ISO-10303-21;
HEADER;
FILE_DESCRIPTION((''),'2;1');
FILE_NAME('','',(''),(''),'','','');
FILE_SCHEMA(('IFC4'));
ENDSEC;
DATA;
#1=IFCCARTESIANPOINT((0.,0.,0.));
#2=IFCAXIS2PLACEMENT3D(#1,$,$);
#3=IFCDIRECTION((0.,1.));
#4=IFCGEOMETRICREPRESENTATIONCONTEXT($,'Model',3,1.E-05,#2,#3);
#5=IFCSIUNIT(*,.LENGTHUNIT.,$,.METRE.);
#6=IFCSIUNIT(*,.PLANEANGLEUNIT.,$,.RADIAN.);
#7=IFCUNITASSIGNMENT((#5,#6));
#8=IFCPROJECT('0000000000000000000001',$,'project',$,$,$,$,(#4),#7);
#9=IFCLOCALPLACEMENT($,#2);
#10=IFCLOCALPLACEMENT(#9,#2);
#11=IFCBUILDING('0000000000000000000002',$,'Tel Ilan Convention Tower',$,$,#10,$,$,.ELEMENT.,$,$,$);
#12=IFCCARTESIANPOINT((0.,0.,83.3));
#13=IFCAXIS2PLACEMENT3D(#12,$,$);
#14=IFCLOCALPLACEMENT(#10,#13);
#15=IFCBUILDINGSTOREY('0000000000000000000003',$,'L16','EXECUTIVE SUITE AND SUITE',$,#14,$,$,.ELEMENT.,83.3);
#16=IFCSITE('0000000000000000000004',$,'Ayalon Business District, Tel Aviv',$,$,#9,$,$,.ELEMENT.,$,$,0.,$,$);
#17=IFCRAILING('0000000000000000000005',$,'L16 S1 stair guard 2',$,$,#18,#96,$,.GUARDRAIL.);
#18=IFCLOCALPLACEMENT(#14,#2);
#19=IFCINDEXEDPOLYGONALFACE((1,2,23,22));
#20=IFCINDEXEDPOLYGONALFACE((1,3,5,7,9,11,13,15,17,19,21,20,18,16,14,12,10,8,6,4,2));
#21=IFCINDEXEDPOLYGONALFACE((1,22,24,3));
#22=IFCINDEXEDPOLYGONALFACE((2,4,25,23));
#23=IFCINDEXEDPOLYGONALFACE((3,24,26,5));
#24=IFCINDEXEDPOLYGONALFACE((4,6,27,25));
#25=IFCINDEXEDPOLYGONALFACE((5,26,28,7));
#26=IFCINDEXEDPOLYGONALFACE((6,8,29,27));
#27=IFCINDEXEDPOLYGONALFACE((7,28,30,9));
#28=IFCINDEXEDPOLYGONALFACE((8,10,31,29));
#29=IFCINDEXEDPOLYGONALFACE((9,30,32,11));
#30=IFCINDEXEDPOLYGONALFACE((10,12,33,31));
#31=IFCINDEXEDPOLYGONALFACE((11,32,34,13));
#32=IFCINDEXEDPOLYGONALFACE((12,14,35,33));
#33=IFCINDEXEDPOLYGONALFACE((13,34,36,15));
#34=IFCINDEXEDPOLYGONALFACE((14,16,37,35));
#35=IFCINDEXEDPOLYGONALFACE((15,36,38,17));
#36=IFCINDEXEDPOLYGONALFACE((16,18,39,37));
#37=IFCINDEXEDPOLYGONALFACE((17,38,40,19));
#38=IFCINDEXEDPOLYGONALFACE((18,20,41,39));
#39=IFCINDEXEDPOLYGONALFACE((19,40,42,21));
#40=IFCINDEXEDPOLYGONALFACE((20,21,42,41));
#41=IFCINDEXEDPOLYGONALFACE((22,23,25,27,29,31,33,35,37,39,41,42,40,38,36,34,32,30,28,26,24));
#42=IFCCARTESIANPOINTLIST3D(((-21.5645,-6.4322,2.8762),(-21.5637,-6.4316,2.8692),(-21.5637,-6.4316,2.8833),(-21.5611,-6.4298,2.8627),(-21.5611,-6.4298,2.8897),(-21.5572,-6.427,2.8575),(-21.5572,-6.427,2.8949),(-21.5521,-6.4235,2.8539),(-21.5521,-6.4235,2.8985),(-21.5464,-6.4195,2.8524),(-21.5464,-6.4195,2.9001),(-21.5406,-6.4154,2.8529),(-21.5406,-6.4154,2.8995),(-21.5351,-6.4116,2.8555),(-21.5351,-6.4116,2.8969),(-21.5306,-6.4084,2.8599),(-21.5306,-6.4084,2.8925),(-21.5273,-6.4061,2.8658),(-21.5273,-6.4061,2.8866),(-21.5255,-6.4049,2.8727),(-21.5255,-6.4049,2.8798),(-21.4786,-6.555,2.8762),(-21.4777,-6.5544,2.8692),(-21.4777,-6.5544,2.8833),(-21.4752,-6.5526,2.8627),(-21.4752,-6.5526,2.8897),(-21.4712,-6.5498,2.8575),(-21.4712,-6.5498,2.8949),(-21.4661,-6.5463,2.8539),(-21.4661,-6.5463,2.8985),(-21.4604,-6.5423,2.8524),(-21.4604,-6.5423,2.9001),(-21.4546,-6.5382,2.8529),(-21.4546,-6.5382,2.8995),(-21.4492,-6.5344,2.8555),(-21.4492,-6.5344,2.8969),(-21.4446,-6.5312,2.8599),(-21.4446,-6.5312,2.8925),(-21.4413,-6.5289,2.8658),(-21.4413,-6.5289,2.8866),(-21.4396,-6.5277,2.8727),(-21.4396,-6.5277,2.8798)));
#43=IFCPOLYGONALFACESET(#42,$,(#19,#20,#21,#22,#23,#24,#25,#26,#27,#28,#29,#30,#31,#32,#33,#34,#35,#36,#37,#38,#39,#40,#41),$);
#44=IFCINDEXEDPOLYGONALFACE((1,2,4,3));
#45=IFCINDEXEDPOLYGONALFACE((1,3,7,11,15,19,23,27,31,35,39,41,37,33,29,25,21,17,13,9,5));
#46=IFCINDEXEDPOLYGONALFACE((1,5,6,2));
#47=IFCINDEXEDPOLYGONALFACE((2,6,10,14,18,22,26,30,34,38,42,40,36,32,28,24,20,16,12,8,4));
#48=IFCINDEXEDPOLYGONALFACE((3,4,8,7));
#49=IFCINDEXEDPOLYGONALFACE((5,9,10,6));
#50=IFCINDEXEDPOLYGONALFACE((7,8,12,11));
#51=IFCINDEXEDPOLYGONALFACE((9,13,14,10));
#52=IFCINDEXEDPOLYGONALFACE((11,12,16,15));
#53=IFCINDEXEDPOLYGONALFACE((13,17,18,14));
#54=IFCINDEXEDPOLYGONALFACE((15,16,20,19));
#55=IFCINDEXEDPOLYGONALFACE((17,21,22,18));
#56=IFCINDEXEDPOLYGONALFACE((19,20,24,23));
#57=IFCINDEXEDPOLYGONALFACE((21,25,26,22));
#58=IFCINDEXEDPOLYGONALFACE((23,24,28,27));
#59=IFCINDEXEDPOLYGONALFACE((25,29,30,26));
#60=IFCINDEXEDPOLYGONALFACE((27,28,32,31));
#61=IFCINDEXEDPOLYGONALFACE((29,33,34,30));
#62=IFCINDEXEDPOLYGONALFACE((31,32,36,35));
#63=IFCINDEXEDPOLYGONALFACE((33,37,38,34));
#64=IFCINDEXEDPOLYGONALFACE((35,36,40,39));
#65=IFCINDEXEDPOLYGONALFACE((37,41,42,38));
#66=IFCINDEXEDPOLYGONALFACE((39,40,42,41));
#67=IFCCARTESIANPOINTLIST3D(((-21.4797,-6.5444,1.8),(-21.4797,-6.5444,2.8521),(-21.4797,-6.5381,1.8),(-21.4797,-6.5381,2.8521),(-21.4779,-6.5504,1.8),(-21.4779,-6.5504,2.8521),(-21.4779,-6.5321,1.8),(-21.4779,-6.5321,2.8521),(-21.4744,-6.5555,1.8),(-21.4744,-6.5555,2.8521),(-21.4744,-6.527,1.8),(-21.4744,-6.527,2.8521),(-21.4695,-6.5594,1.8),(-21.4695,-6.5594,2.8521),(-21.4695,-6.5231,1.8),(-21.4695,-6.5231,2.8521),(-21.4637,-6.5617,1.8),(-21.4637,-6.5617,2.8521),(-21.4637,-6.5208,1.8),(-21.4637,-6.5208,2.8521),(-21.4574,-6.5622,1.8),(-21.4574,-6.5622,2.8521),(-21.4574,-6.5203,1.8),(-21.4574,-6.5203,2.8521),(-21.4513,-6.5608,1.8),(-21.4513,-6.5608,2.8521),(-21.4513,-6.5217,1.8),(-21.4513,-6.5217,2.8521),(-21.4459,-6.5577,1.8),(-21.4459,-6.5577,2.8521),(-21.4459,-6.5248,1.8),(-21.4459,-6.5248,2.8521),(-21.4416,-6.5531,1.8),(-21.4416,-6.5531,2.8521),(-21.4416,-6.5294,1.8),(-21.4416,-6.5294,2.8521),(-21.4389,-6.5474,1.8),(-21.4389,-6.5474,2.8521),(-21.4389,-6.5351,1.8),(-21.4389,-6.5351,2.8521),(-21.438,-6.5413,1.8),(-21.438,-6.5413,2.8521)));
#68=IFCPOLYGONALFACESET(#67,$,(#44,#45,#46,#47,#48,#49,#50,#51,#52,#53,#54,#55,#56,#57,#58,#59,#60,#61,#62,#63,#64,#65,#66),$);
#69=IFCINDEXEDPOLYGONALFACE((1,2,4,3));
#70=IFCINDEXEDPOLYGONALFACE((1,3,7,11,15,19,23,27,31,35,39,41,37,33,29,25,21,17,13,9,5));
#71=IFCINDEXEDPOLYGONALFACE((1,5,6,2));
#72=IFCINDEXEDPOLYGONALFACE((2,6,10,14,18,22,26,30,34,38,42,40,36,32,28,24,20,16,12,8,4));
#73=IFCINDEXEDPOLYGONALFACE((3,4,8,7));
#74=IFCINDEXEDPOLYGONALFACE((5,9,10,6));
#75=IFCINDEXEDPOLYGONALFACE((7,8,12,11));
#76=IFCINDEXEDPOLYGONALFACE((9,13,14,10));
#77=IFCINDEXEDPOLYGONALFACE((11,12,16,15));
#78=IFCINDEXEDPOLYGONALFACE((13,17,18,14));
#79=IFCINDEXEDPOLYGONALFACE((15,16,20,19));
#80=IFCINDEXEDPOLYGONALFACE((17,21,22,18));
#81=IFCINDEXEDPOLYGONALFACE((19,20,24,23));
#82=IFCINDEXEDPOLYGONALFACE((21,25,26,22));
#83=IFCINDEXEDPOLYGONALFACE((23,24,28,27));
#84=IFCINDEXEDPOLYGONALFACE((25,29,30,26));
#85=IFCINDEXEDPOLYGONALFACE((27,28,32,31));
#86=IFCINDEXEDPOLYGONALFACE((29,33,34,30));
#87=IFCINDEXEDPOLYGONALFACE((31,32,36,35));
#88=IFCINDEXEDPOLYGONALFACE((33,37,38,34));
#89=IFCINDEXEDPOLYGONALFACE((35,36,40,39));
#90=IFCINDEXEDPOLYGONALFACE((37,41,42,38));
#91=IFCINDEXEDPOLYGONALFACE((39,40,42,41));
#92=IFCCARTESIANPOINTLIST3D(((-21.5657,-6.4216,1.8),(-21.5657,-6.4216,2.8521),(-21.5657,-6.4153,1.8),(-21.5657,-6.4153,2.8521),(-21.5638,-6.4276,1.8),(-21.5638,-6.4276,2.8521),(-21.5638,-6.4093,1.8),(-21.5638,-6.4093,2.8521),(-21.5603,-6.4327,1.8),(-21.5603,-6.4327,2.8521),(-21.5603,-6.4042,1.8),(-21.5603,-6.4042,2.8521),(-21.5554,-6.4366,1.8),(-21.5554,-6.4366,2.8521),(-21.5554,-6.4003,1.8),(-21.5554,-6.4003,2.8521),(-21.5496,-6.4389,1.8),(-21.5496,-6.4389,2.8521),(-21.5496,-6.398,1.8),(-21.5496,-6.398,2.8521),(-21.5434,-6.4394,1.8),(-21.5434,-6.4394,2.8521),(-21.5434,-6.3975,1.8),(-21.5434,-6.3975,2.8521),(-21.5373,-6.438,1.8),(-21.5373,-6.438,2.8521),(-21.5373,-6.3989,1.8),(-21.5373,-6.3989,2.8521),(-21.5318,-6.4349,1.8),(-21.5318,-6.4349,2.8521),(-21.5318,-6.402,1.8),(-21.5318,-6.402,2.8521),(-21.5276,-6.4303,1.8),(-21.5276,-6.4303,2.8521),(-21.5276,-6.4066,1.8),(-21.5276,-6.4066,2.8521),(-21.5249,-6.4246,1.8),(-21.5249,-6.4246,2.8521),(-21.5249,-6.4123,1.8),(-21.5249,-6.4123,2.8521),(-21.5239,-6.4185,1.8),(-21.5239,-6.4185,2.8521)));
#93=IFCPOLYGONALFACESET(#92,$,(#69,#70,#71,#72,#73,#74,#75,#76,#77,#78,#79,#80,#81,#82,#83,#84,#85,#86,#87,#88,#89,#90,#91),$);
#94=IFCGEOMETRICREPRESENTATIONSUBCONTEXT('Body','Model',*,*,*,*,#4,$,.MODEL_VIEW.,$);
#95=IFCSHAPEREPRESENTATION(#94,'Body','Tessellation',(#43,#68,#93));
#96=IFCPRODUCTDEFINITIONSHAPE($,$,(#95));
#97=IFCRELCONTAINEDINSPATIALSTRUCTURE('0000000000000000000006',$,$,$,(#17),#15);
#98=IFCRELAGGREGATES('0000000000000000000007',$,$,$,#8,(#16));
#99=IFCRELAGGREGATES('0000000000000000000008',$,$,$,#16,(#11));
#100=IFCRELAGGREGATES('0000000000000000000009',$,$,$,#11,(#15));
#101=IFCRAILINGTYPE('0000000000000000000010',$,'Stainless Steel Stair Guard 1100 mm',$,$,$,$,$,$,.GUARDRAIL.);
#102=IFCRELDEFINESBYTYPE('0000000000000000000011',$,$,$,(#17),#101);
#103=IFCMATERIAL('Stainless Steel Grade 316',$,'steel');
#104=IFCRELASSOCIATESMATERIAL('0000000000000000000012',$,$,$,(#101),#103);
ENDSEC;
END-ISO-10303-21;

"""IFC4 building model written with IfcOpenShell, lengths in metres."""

from ifc_helpers import new_model, si_unit, direction, frame, origin, origin_2d, place, context, subcontext, project, spatial, circle, extrude, material, type_object, element, save


model = new_model("IFC4")

# Units and contexts
model_context = context("Model", 3, precision=1e-05, world=origin(), true_north=direction((0.0, 1.0)))
body_context = subcontext(model_context, "Body", "Model", "MODEL_VIEW")
ifc_project = project(units=[si_unit("LENGTHUNIT", "METRE"), si_unit("PLANEANGLEUNIT", "RADIAN")], contexts=[model_context])

# Site, building, storey
site_placement = place(None, origin())
site = spatial("IfcSite", under=ifc_project, at=site_placement, Name="Ayalon Business District, Tel Aviv", CompositionType="ELEMENT", RefElevation=0.0)
building_placement = place(site_placement, origin())
building = spatial("IfcBuilding", under=site, at=building_placement, Name="Tel Ilan Convention Tower", CompositionType="ELEMENT")
storey_placement = place(building_placement, frame((0.0, 0.0, 83.3)))
storey = spatial("IfcBuildingStorey", under=building, at=storey_placement, Name="L16", Description="EXECUTIVE SUITE AND SUITE", CompositionType="ELEMENT", Elevation=83.3)

# Railing
ifc_material_1 = material(Name="Stainless Steel Grade 316", Category="steel")
railing_type_1 = type_object("IfcRailingType", Name="Stainless Steel Stair Guard 1100 mm", PredefinedType="GUARDRAIL", material=ifc_material_1)
railing_1_placement = place(storey_placement, frame((-21.459, -6.5413, 1.8)))
element("IfcRailing", 1, at=railing_1_placement, inside=storey, type_object=railing_type_1, Name="L16 S1 stair guard 2", PredefinedType="GUARDRAIL", context=body_context, shape_type="SweptSolid", body=[
    extrude(circle(Radius=0.0239, at=origin_2d()), frame((0.0, 0.0, 1.0762), z_axis=(-0.573353, 0.819308, 0.0), x_axis=(-0.819308, -0.573353, 0.0)), (0.0, 0.0, 1.0), 0.1499),
    extrude(circle(Radius=0.021, at=origin_2d()), origin(), (0.0, 0.0, 1.0), 1.052),
    extrude(circle(Radius=0.021, at=origin_2d()), frame((-0.0859, 0.1228, 0.0)), (0.0, 0.0, 1.0), 1.052),
])

save(model, "model.ifc")
